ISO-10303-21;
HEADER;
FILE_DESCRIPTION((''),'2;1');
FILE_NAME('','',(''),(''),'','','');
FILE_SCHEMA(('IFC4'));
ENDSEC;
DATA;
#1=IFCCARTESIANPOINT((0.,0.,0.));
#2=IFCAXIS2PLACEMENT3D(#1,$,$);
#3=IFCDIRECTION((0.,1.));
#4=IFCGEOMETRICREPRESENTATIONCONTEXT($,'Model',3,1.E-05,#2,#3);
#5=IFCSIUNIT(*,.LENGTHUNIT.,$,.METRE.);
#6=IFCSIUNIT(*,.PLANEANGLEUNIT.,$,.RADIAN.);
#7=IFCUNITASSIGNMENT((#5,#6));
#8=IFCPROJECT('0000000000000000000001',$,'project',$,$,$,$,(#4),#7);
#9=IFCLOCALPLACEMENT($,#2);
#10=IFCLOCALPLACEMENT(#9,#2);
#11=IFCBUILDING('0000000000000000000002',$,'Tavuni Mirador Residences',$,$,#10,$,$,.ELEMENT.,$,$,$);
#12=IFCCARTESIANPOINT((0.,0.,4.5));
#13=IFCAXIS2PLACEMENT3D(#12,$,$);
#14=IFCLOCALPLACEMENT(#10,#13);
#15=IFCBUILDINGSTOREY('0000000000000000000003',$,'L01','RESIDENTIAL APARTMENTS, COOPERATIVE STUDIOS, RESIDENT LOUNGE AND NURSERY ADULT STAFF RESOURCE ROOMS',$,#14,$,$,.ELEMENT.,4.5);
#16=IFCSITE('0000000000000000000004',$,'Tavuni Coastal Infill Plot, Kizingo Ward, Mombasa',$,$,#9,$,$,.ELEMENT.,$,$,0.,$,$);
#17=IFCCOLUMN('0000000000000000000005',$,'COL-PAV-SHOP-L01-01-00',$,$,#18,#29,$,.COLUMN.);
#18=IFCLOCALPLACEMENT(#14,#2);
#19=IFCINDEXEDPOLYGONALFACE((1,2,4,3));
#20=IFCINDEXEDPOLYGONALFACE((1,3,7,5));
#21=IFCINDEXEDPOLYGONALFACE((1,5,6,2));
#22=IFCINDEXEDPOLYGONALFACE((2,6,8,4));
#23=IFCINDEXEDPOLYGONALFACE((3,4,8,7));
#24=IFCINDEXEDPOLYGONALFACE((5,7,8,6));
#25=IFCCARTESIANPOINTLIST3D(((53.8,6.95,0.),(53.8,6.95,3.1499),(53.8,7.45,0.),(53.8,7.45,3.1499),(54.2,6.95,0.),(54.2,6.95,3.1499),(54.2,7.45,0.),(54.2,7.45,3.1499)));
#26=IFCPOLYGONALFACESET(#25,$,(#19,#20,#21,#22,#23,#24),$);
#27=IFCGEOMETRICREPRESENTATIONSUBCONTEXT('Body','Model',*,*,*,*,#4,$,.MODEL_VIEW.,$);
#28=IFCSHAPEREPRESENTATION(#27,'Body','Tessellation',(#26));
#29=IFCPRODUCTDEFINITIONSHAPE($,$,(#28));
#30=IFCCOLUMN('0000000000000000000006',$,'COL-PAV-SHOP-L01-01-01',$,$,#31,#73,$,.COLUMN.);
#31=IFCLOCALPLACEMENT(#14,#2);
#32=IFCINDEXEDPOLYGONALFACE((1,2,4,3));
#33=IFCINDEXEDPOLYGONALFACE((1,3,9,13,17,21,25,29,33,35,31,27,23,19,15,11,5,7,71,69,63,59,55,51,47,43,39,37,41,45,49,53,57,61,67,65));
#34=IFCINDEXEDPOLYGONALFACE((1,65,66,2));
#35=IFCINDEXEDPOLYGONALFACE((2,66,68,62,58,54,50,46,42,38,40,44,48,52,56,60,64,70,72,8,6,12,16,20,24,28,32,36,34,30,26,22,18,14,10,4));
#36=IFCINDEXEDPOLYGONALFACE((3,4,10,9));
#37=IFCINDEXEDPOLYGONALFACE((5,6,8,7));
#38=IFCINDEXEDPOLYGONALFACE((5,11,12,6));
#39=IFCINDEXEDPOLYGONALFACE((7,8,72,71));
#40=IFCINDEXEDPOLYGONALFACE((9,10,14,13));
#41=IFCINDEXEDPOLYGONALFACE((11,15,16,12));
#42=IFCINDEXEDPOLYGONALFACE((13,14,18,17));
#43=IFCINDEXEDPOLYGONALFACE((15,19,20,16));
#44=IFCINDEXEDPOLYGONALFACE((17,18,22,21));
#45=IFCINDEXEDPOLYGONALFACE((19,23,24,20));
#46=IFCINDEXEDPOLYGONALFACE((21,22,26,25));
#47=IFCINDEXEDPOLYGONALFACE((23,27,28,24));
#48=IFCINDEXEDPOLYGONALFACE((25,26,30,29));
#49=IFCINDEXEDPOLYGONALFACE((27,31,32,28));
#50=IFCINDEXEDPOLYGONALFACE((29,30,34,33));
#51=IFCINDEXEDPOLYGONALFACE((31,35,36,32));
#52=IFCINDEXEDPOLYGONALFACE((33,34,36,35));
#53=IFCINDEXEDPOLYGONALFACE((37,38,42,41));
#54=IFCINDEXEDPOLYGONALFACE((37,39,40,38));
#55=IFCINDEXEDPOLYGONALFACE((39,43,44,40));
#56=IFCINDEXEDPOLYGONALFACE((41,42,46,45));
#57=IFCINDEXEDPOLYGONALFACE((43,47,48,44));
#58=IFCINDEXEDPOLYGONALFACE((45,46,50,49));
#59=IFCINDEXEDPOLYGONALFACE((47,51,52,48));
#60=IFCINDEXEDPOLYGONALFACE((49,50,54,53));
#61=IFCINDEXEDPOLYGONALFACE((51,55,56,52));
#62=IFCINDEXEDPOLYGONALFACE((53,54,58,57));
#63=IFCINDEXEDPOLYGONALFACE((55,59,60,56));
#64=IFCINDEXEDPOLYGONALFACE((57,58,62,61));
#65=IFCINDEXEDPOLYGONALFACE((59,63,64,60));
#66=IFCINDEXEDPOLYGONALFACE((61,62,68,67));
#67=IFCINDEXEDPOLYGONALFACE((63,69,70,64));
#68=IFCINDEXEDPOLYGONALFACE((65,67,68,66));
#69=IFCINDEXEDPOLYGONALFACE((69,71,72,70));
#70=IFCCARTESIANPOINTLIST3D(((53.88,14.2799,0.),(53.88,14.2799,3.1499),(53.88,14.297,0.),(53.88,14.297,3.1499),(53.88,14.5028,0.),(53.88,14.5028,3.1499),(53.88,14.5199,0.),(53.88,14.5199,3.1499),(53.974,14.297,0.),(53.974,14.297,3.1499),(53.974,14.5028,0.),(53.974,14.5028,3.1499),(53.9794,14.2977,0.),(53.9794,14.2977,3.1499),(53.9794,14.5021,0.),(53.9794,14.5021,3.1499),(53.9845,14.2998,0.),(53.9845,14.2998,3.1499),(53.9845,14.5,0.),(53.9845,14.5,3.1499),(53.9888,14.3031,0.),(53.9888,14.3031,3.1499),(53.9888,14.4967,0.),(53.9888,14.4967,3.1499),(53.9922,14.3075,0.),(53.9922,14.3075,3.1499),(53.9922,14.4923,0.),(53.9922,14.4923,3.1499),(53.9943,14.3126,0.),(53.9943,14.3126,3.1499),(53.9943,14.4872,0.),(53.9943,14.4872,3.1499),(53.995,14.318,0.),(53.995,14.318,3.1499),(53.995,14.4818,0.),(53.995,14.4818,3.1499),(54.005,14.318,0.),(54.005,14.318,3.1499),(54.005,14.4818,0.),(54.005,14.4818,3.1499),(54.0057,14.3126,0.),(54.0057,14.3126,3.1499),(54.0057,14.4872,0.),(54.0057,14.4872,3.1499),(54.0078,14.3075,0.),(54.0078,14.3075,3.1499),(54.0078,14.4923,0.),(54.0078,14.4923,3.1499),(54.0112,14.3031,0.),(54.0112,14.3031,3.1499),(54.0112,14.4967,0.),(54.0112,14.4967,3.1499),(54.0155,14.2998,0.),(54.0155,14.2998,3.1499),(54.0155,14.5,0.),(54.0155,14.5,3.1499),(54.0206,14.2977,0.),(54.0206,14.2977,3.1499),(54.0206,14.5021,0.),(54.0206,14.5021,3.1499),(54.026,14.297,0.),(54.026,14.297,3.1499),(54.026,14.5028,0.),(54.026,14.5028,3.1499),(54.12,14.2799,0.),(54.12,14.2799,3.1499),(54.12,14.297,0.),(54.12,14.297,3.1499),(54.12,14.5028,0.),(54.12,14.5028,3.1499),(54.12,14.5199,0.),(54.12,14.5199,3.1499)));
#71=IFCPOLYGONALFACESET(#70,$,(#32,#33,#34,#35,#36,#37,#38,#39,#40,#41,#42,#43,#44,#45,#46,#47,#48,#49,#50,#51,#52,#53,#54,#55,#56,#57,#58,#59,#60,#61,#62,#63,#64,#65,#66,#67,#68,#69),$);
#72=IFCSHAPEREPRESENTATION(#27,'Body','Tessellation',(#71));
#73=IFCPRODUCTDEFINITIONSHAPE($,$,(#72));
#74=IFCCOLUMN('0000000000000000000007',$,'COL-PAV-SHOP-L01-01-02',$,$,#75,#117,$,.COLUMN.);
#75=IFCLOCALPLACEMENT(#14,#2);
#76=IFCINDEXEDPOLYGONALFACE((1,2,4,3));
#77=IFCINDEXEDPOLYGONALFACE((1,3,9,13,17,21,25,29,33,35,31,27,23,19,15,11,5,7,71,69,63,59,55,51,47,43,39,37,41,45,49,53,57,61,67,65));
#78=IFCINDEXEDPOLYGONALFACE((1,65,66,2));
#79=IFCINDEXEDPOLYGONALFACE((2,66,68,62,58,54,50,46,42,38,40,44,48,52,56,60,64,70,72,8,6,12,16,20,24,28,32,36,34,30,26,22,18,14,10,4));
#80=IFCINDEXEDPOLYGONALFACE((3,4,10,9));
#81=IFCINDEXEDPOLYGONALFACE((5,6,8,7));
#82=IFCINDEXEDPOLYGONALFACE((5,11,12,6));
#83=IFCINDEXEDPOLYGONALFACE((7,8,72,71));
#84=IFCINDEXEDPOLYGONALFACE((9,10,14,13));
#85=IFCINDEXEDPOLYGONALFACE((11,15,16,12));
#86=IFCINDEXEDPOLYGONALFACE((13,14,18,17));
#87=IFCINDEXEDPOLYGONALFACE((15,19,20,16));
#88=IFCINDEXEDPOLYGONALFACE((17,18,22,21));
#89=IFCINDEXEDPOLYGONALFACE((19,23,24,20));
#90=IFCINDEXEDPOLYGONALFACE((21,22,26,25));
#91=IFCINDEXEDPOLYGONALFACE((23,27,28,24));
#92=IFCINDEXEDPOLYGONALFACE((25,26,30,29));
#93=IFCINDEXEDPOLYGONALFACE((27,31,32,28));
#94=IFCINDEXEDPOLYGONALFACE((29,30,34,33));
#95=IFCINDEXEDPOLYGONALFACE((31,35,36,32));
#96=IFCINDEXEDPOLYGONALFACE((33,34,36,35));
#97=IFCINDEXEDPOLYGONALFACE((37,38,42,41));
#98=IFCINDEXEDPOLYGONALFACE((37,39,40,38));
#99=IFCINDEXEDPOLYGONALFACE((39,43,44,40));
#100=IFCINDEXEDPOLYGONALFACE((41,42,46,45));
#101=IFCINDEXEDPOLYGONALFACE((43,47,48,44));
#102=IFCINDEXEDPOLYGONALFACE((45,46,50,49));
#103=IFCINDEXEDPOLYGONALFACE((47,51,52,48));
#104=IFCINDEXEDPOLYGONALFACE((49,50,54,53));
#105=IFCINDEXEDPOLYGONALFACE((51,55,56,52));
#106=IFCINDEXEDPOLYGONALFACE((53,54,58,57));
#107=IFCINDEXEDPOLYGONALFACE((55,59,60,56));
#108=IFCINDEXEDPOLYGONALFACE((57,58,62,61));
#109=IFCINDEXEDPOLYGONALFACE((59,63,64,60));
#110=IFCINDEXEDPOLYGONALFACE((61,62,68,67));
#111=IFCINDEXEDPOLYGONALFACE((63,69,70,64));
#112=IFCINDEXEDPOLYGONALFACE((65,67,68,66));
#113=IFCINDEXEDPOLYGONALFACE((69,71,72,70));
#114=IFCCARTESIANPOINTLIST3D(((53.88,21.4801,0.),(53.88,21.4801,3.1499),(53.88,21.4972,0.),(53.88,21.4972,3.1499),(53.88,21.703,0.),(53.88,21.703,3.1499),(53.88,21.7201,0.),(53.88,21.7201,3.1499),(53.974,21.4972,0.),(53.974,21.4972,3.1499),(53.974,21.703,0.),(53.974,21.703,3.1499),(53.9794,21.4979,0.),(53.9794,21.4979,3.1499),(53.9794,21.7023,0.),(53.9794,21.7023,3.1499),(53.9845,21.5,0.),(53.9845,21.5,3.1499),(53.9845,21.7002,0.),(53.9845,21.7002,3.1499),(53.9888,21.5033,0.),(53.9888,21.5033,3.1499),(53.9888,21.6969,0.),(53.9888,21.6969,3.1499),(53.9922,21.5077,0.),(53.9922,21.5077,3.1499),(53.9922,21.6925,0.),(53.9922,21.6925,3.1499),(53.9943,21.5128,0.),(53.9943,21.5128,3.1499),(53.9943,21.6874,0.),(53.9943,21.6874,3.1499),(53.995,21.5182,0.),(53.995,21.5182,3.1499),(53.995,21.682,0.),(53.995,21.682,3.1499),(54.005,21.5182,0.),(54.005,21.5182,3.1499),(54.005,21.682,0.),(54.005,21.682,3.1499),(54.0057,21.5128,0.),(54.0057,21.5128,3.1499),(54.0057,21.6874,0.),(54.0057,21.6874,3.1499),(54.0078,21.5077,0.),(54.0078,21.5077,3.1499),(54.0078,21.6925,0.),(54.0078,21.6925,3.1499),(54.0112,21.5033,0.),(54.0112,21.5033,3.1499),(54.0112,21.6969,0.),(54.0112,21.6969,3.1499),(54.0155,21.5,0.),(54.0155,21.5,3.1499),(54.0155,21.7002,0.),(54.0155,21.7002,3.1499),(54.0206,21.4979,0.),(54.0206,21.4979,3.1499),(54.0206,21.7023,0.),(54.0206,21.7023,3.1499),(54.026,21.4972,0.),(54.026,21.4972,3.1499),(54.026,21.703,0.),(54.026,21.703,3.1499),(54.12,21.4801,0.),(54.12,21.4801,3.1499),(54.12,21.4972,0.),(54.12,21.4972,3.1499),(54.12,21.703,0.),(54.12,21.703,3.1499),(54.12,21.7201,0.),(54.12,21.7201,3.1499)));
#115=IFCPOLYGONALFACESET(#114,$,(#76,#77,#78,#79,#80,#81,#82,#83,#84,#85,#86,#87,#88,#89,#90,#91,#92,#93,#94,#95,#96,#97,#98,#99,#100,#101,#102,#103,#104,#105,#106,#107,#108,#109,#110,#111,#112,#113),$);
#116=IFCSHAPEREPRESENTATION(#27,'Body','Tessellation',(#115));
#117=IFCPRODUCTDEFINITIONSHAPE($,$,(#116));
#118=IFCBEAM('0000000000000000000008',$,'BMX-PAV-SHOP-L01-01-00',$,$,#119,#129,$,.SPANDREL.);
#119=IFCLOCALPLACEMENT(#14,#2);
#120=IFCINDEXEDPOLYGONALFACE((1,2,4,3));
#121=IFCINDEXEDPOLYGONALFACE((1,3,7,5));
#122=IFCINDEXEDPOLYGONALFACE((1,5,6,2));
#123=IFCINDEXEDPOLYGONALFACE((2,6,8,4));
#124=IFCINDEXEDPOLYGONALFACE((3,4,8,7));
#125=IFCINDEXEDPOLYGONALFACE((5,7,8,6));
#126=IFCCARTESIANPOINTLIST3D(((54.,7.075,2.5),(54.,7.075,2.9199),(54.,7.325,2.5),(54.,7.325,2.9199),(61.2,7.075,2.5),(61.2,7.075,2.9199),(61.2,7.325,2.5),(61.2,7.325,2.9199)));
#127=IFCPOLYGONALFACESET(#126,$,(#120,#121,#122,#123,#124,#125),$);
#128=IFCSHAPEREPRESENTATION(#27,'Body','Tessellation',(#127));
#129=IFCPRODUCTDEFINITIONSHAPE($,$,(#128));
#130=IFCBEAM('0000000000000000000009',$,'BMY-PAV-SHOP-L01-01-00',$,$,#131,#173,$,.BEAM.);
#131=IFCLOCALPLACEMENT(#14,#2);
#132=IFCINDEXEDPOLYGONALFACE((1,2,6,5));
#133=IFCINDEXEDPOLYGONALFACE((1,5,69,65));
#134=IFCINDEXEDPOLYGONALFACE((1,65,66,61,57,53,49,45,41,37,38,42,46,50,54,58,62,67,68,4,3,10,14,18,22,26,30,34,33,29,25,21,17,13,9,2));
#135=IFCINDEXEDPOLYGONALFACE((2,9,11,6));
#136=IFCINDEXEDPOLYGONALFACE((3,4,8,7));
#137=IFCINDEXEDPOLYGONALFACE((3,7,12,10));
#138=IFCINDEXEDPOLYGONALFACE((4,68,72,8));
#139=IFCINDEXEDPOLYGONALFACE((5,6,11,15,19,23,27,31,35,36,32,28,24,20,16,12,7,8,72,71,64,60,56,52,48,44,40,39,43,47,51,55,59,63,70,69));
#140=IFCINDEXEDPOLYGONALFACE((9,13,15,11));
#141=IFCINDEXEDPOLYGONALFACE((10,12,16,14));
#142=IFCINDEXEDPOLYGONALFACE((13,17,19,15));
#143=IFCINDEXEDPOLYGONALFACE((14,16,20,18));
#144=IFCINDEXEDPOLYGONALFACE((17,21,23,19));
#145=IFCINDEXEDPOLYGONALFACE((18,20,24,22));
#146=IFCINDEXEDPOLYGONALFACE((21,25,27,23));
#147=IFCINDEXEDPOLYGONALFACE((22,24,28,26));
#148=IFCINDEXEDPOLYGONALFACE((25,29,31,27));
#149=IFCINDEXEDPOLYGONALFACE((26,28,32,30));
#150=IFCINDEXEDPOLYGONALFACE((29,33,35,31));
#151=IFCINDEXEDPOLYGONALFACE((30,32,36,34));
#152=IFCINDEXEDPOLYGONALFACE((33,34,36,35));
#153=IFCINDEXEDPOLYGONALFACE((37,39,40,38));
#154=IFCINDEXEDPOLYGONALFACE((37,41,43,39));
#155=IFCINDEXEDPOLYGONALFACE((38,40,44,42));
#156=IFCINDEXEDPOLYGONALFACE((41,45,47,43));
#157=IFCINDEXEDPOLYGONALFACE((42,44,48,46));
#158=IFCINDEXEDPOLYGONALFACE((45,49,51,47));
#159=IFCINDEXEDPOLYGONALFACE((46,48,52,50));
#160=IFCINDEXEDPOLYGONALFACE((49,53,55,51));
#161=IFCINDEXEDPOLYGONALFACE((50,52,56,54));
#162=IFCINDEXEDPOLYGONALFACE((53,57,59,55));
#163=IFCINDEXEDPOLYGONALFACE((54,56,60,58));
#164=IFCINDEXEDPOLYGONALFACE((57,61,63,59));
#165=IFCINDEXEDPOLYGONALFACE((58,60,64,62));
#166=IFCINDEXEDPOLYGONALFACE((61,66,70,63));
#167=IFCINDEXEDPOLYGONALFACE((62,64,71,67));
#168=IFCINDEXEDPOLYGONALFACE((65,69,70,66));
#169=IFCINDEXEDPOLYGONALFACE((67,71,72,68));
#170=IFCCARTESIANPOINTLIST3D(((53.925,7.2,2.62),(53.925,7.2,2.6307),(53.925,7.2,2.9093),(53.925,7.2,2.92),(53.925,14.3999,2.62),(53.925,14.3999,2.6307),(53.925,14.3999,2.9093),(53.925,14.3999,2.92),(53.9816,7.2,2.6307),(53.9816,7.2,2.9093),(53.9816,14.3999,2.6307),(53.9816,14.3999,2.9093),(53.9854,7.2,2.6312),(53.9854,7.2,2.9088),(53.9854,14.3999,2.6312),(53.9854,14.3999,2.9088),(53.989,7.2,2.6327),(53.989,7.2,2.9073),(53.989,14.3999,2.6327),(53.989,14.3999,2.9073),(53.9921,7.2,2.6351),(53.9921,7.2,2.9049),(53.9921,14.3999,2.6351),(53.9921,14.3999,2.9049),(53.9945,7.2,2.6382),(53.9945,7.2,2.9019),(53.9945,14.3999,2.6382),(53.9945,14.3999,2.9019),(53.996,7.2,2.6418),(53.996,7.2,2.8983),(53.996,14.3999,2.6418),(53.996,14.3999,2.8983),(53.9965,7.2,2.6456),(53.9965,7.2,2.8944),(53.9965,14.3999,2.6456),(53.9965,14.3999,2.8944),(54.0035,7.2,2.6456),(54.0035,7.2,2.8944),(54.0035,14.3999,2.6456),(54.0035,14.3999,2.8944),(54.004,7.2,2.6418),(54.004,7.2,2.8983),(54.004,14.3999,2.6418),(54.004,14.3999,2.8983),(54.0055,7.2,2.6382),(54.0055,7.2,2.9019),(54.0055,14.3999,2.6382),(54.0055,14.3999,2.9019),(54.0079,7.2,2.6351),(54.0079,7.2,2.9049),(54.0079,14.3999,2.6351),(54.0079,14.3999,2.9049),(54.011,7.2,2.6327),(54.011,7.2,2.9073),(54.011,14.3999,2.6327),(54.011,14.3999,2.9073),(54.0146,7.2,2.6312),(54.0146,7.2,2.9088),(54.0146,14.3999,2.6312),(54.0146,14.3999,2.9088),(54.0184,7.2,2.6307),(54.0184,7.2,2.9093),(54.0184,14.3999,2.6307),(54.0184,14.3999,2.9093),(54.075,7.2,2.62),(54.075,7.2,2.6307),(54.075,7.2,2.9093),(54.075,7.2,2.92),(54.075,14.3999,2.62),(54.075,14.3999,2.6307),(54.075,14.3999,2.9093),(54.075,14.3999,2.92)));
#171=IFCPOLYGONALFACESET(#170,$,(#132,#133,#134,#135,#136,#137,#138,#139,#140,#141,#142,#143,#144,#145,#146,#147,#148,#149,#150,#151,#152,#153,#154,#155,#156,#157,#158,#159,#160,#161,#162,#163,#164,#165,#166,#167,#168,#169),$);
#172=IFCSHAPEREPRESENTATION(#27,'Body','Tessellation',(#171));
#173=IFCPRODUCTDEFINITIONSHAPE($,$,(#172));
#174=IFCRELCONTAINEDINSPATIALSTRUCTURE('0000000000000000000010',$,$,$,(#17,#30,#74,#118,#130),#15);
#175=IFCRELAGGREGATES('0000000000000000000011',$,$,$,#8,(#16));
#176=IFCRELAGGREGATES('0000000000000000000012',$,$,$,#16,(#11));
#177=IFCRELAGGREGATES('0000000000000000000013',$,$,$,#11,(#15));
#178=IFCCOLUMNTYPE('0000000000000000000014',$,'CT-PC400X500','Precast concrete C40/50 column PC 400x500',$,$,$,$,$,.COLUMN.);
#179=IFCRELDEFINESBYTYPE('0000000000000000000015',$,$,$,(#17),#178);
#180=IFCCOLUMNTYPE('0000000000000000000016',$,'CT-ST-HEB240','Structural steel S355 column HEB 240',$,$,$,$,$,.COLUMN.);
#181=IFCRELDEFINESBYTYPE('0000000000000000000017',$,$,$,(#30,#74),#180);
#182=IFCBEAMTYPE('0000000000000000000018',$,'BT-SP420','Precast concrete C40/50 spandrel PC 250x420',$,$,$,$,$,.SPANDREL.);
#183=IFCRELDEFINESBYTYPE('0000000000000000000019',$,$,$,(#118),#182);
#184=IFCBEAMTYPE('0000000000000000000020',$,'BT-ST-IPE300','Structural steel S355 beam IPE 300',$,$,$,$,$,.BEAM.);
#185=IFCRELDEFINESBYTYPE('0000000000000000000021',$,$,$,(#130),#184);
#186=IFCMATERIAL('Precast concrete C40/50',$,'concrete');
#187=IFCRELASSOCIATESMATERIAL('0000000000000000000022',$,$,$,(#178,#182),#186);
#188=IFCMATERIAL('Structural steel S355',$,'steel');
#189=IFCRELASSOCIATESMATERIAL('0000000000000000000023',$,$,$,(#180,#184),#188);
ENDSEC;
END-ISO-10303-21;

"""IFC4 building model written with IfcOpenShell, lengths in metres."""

from ifc_helpers import new_model, si_unit, direction, frame, origin, origin_2d, place, context, subcontext, project, spatial, rectangle, i_section, extrude, material, material_profile, profile_set, type_object, element, save


model = new_model("IFC4")

# Units and contexts
model_context = context("Model", 3, precision=1e-05, world=origin(), true_north=direction((0.0, 1.0)))
body_context = subcontext(model_context, "Body", "Model", "MODEL_VIEW")
ifc_project = project(units=[si_unit("LENGTHUNIT", "METRE"), si_unit("PLANEANGLEUNIT", "RADIAN")], contexts=[model_context])

# Site, building, storey
site_placement = place(None, origin())
site = spatial("IfcSite", under=ifc_project, at=site_placement, Name="Tavuni Coastal Infill Plot, Kizingo Ward, Mombasa", CompositionType="ELEMENT", RefElevation=0.0)
building_placement = place(site_placement, origin())
building = spatial("IfcBuilding", under=site, at=building_placement, Name="Tavuni Mirador Residences", CompositionType="ELEMENT")
storey_placement = place(building_placement, frame((0.0, 0.0, 4.5)))
storey = spatial("IfcBuildingStorey", under=building, at=storey_placement, Name="L01", Description="RESIDENTIAL APARTMENTS, COOPERATIVE STUDIOS, RESIDENT LOUNGE AND NURSERY ADULT STAFF RESOURCE ROOMS", CompositionType="ELEMENT", Elevation=4.5)

# Columns
ifc_material_1 = material(Name="Precast concrete C40/50", Category="concrete")
ifc_material_profile_1 = material_profile(ifc_material_1, rectangle(XDim=0.3999, YDim=0.5, at=origin_2d()), Name="PC 400x500", Category="concrete")
ifc_profile_set_1 = profile_set([ifc_material_profile_1], Name="Precast concrete C40/50")
column_type_1 = type_object("IfcColumnType", Name="CT-PC400X500", Description="Precast concrete C40/50 column PC 400x500", PredefinedType="COLUMN", material=ifc_profile_set_1)
column_placement = place(storey_placement, frame((54.0, 7.2, 0.0), z_axis=(0.0, 0.0, 1.0), x_axis=(1.0, 0.0, 0.0)))
element("IfcColumn", 1, at=column_placement, inside=storey, type_object=column_type_1, Name="COL-PAV-SHOP-L01-01-00", PredefinedType="COLUMN", context=body_context, shape_type="SweptSolid", body=[
    extrude(rectangle(XDim=0.3999, YDim=0.5, at=origin_2d()), origin(), (0.0, 0.0, 1.0), 3.1499),
])
ifc_material_2 = material(Name="Structural steel S355", Category="steel")
ifc_material_profile_2 = material_profile(ifc_material_2, i_section(OverallWidth=0.24, OverallDepth=0.24, WebThickness=0.01, FlangeThickness=0.0171, FilletRadius=0.021, at=origin_2d()), Name="HEB 240", Category="steel")
ifc_profile_set_2 = profile_set([ifc_material_profile_2], Name="Structural steel S355")
column_type_2 = type_object("IfcColumnType", Name="CT-ST-HEB240", Description="Structural steel S355 column HEB 240", PredefinedType="COLUMN", material=ifc_profile_set_2)
for number, where, z_axis, x_axis, name in (
    (2, (54.0, 14.3999, 0.0), (0.0, 0.0, 1.0), (1.0, 0.0, 0.0), "COL-PAV-SHOP-L01-01-01"),
    (3, (54.0, 21.6001, 0.0), (0.0, 0.0, 1.0), (1.0, 0.0, 0.0), "COL-PAV-SHOP-L01-01-02"),
):
    element("IfcColumn", number, at=place(storey_placement, frame(where, z_axis=z_axis, x_axis=x_axis)), inside=storey, type_object=column_type_2, Name=name, PredefinedType="COLUMN", context=body_context, shape_type="SweptSolid", body=[
        extrude(i_section(OverallWidth=0.24, OverallDepth=0.24, WebThickness=0.01, FlangeThickness=0.0171, FilletRadius=0.021, at=origin_2d()), origin(), (0.0, 0.0, 1.0), 3.1499),
    ])

# Beams
ifc_material_profile_3 = material_profile(ifc_material_1, rectangle(XDim=0.25, YDim=0.4199, at=origin_2d()), Name="PC 250x420", Category="concrete")
ifc_profile_set_3 = profile_set([ifc_material_profile_3], Name="Precast concrete C40/50")
beam_type_1 = type_object("IfcBeamType", Name="BT-SP420", Description="Precast concrete C40/50 spandrel PC 250x420", PredefinedType="SPANDREL", material=ifc_profile_set_3)
beam_1_placement = place(storey_placement, frame((54.0, 7.2, 2.71), z_axis=(1.0, 0.0, 0.0), x_axis=(0.0, 1.0, 0.0)))
element("IfcBeam", 4, at=beam_1_placement, inside=storey, type_object=beam_type_1, Name="BMX-PAV-SHOP-L01-01-00", PredefinedType="SPANDREL", context=body_context, shape_type="SweptSolid", body=[
    extrude(rectangle(XDim=0.25, YDim=0.4199, at=origin_2d()), origin(), (0.0, 0.0, 1.0), 7.2),
])
ifc_material_profile_4 = material_profile(ifc_material_2, i_section(OverallWidth=0.1499, OverallDepth=0.3, WebThickness=0.0071, FlangeThickness=0.0107, FilletRadius=0.0149, at=origin_2d()), Name="IPE 300", Category="steel")
ifc_profile_set_4 = profile_set([ifc_material_profile_4], Name="Structural steel S355")
beam_type_2 = type_object("IfcBeamType", Name="BT-ST-IPE300", Description="Structural steel S355 beam IPE 300", PredefinedType="BEAM", material=ifc_profile_set_4)
beam_2_placement = place(storey_placement, frame((54.0, 7.2, 2.77), z_axis=(0.0, 1.0, 0.0), x_axis=(-1.0, 0.0, 0.0)))
element("IfcBeam", 5, at=beam_2_placement, inside=storey, type_object=beam_type_2, Name="BMY-PAV-SHOP-L01-01-00", PredefinedType="BEAM", context=body_context, shape_type="SweptSolid", body=[
    extrude(i_section(OverallWidth=0.1499, OverallDepth=0.3, WebThickness=0.0071, FlangeThickness=0.0107, FilletRadius=0.0149, at=origin_2d()), origin(), (0.0, 0.0, 1.0), 7.2),
])

save(model, "model.ifc")
